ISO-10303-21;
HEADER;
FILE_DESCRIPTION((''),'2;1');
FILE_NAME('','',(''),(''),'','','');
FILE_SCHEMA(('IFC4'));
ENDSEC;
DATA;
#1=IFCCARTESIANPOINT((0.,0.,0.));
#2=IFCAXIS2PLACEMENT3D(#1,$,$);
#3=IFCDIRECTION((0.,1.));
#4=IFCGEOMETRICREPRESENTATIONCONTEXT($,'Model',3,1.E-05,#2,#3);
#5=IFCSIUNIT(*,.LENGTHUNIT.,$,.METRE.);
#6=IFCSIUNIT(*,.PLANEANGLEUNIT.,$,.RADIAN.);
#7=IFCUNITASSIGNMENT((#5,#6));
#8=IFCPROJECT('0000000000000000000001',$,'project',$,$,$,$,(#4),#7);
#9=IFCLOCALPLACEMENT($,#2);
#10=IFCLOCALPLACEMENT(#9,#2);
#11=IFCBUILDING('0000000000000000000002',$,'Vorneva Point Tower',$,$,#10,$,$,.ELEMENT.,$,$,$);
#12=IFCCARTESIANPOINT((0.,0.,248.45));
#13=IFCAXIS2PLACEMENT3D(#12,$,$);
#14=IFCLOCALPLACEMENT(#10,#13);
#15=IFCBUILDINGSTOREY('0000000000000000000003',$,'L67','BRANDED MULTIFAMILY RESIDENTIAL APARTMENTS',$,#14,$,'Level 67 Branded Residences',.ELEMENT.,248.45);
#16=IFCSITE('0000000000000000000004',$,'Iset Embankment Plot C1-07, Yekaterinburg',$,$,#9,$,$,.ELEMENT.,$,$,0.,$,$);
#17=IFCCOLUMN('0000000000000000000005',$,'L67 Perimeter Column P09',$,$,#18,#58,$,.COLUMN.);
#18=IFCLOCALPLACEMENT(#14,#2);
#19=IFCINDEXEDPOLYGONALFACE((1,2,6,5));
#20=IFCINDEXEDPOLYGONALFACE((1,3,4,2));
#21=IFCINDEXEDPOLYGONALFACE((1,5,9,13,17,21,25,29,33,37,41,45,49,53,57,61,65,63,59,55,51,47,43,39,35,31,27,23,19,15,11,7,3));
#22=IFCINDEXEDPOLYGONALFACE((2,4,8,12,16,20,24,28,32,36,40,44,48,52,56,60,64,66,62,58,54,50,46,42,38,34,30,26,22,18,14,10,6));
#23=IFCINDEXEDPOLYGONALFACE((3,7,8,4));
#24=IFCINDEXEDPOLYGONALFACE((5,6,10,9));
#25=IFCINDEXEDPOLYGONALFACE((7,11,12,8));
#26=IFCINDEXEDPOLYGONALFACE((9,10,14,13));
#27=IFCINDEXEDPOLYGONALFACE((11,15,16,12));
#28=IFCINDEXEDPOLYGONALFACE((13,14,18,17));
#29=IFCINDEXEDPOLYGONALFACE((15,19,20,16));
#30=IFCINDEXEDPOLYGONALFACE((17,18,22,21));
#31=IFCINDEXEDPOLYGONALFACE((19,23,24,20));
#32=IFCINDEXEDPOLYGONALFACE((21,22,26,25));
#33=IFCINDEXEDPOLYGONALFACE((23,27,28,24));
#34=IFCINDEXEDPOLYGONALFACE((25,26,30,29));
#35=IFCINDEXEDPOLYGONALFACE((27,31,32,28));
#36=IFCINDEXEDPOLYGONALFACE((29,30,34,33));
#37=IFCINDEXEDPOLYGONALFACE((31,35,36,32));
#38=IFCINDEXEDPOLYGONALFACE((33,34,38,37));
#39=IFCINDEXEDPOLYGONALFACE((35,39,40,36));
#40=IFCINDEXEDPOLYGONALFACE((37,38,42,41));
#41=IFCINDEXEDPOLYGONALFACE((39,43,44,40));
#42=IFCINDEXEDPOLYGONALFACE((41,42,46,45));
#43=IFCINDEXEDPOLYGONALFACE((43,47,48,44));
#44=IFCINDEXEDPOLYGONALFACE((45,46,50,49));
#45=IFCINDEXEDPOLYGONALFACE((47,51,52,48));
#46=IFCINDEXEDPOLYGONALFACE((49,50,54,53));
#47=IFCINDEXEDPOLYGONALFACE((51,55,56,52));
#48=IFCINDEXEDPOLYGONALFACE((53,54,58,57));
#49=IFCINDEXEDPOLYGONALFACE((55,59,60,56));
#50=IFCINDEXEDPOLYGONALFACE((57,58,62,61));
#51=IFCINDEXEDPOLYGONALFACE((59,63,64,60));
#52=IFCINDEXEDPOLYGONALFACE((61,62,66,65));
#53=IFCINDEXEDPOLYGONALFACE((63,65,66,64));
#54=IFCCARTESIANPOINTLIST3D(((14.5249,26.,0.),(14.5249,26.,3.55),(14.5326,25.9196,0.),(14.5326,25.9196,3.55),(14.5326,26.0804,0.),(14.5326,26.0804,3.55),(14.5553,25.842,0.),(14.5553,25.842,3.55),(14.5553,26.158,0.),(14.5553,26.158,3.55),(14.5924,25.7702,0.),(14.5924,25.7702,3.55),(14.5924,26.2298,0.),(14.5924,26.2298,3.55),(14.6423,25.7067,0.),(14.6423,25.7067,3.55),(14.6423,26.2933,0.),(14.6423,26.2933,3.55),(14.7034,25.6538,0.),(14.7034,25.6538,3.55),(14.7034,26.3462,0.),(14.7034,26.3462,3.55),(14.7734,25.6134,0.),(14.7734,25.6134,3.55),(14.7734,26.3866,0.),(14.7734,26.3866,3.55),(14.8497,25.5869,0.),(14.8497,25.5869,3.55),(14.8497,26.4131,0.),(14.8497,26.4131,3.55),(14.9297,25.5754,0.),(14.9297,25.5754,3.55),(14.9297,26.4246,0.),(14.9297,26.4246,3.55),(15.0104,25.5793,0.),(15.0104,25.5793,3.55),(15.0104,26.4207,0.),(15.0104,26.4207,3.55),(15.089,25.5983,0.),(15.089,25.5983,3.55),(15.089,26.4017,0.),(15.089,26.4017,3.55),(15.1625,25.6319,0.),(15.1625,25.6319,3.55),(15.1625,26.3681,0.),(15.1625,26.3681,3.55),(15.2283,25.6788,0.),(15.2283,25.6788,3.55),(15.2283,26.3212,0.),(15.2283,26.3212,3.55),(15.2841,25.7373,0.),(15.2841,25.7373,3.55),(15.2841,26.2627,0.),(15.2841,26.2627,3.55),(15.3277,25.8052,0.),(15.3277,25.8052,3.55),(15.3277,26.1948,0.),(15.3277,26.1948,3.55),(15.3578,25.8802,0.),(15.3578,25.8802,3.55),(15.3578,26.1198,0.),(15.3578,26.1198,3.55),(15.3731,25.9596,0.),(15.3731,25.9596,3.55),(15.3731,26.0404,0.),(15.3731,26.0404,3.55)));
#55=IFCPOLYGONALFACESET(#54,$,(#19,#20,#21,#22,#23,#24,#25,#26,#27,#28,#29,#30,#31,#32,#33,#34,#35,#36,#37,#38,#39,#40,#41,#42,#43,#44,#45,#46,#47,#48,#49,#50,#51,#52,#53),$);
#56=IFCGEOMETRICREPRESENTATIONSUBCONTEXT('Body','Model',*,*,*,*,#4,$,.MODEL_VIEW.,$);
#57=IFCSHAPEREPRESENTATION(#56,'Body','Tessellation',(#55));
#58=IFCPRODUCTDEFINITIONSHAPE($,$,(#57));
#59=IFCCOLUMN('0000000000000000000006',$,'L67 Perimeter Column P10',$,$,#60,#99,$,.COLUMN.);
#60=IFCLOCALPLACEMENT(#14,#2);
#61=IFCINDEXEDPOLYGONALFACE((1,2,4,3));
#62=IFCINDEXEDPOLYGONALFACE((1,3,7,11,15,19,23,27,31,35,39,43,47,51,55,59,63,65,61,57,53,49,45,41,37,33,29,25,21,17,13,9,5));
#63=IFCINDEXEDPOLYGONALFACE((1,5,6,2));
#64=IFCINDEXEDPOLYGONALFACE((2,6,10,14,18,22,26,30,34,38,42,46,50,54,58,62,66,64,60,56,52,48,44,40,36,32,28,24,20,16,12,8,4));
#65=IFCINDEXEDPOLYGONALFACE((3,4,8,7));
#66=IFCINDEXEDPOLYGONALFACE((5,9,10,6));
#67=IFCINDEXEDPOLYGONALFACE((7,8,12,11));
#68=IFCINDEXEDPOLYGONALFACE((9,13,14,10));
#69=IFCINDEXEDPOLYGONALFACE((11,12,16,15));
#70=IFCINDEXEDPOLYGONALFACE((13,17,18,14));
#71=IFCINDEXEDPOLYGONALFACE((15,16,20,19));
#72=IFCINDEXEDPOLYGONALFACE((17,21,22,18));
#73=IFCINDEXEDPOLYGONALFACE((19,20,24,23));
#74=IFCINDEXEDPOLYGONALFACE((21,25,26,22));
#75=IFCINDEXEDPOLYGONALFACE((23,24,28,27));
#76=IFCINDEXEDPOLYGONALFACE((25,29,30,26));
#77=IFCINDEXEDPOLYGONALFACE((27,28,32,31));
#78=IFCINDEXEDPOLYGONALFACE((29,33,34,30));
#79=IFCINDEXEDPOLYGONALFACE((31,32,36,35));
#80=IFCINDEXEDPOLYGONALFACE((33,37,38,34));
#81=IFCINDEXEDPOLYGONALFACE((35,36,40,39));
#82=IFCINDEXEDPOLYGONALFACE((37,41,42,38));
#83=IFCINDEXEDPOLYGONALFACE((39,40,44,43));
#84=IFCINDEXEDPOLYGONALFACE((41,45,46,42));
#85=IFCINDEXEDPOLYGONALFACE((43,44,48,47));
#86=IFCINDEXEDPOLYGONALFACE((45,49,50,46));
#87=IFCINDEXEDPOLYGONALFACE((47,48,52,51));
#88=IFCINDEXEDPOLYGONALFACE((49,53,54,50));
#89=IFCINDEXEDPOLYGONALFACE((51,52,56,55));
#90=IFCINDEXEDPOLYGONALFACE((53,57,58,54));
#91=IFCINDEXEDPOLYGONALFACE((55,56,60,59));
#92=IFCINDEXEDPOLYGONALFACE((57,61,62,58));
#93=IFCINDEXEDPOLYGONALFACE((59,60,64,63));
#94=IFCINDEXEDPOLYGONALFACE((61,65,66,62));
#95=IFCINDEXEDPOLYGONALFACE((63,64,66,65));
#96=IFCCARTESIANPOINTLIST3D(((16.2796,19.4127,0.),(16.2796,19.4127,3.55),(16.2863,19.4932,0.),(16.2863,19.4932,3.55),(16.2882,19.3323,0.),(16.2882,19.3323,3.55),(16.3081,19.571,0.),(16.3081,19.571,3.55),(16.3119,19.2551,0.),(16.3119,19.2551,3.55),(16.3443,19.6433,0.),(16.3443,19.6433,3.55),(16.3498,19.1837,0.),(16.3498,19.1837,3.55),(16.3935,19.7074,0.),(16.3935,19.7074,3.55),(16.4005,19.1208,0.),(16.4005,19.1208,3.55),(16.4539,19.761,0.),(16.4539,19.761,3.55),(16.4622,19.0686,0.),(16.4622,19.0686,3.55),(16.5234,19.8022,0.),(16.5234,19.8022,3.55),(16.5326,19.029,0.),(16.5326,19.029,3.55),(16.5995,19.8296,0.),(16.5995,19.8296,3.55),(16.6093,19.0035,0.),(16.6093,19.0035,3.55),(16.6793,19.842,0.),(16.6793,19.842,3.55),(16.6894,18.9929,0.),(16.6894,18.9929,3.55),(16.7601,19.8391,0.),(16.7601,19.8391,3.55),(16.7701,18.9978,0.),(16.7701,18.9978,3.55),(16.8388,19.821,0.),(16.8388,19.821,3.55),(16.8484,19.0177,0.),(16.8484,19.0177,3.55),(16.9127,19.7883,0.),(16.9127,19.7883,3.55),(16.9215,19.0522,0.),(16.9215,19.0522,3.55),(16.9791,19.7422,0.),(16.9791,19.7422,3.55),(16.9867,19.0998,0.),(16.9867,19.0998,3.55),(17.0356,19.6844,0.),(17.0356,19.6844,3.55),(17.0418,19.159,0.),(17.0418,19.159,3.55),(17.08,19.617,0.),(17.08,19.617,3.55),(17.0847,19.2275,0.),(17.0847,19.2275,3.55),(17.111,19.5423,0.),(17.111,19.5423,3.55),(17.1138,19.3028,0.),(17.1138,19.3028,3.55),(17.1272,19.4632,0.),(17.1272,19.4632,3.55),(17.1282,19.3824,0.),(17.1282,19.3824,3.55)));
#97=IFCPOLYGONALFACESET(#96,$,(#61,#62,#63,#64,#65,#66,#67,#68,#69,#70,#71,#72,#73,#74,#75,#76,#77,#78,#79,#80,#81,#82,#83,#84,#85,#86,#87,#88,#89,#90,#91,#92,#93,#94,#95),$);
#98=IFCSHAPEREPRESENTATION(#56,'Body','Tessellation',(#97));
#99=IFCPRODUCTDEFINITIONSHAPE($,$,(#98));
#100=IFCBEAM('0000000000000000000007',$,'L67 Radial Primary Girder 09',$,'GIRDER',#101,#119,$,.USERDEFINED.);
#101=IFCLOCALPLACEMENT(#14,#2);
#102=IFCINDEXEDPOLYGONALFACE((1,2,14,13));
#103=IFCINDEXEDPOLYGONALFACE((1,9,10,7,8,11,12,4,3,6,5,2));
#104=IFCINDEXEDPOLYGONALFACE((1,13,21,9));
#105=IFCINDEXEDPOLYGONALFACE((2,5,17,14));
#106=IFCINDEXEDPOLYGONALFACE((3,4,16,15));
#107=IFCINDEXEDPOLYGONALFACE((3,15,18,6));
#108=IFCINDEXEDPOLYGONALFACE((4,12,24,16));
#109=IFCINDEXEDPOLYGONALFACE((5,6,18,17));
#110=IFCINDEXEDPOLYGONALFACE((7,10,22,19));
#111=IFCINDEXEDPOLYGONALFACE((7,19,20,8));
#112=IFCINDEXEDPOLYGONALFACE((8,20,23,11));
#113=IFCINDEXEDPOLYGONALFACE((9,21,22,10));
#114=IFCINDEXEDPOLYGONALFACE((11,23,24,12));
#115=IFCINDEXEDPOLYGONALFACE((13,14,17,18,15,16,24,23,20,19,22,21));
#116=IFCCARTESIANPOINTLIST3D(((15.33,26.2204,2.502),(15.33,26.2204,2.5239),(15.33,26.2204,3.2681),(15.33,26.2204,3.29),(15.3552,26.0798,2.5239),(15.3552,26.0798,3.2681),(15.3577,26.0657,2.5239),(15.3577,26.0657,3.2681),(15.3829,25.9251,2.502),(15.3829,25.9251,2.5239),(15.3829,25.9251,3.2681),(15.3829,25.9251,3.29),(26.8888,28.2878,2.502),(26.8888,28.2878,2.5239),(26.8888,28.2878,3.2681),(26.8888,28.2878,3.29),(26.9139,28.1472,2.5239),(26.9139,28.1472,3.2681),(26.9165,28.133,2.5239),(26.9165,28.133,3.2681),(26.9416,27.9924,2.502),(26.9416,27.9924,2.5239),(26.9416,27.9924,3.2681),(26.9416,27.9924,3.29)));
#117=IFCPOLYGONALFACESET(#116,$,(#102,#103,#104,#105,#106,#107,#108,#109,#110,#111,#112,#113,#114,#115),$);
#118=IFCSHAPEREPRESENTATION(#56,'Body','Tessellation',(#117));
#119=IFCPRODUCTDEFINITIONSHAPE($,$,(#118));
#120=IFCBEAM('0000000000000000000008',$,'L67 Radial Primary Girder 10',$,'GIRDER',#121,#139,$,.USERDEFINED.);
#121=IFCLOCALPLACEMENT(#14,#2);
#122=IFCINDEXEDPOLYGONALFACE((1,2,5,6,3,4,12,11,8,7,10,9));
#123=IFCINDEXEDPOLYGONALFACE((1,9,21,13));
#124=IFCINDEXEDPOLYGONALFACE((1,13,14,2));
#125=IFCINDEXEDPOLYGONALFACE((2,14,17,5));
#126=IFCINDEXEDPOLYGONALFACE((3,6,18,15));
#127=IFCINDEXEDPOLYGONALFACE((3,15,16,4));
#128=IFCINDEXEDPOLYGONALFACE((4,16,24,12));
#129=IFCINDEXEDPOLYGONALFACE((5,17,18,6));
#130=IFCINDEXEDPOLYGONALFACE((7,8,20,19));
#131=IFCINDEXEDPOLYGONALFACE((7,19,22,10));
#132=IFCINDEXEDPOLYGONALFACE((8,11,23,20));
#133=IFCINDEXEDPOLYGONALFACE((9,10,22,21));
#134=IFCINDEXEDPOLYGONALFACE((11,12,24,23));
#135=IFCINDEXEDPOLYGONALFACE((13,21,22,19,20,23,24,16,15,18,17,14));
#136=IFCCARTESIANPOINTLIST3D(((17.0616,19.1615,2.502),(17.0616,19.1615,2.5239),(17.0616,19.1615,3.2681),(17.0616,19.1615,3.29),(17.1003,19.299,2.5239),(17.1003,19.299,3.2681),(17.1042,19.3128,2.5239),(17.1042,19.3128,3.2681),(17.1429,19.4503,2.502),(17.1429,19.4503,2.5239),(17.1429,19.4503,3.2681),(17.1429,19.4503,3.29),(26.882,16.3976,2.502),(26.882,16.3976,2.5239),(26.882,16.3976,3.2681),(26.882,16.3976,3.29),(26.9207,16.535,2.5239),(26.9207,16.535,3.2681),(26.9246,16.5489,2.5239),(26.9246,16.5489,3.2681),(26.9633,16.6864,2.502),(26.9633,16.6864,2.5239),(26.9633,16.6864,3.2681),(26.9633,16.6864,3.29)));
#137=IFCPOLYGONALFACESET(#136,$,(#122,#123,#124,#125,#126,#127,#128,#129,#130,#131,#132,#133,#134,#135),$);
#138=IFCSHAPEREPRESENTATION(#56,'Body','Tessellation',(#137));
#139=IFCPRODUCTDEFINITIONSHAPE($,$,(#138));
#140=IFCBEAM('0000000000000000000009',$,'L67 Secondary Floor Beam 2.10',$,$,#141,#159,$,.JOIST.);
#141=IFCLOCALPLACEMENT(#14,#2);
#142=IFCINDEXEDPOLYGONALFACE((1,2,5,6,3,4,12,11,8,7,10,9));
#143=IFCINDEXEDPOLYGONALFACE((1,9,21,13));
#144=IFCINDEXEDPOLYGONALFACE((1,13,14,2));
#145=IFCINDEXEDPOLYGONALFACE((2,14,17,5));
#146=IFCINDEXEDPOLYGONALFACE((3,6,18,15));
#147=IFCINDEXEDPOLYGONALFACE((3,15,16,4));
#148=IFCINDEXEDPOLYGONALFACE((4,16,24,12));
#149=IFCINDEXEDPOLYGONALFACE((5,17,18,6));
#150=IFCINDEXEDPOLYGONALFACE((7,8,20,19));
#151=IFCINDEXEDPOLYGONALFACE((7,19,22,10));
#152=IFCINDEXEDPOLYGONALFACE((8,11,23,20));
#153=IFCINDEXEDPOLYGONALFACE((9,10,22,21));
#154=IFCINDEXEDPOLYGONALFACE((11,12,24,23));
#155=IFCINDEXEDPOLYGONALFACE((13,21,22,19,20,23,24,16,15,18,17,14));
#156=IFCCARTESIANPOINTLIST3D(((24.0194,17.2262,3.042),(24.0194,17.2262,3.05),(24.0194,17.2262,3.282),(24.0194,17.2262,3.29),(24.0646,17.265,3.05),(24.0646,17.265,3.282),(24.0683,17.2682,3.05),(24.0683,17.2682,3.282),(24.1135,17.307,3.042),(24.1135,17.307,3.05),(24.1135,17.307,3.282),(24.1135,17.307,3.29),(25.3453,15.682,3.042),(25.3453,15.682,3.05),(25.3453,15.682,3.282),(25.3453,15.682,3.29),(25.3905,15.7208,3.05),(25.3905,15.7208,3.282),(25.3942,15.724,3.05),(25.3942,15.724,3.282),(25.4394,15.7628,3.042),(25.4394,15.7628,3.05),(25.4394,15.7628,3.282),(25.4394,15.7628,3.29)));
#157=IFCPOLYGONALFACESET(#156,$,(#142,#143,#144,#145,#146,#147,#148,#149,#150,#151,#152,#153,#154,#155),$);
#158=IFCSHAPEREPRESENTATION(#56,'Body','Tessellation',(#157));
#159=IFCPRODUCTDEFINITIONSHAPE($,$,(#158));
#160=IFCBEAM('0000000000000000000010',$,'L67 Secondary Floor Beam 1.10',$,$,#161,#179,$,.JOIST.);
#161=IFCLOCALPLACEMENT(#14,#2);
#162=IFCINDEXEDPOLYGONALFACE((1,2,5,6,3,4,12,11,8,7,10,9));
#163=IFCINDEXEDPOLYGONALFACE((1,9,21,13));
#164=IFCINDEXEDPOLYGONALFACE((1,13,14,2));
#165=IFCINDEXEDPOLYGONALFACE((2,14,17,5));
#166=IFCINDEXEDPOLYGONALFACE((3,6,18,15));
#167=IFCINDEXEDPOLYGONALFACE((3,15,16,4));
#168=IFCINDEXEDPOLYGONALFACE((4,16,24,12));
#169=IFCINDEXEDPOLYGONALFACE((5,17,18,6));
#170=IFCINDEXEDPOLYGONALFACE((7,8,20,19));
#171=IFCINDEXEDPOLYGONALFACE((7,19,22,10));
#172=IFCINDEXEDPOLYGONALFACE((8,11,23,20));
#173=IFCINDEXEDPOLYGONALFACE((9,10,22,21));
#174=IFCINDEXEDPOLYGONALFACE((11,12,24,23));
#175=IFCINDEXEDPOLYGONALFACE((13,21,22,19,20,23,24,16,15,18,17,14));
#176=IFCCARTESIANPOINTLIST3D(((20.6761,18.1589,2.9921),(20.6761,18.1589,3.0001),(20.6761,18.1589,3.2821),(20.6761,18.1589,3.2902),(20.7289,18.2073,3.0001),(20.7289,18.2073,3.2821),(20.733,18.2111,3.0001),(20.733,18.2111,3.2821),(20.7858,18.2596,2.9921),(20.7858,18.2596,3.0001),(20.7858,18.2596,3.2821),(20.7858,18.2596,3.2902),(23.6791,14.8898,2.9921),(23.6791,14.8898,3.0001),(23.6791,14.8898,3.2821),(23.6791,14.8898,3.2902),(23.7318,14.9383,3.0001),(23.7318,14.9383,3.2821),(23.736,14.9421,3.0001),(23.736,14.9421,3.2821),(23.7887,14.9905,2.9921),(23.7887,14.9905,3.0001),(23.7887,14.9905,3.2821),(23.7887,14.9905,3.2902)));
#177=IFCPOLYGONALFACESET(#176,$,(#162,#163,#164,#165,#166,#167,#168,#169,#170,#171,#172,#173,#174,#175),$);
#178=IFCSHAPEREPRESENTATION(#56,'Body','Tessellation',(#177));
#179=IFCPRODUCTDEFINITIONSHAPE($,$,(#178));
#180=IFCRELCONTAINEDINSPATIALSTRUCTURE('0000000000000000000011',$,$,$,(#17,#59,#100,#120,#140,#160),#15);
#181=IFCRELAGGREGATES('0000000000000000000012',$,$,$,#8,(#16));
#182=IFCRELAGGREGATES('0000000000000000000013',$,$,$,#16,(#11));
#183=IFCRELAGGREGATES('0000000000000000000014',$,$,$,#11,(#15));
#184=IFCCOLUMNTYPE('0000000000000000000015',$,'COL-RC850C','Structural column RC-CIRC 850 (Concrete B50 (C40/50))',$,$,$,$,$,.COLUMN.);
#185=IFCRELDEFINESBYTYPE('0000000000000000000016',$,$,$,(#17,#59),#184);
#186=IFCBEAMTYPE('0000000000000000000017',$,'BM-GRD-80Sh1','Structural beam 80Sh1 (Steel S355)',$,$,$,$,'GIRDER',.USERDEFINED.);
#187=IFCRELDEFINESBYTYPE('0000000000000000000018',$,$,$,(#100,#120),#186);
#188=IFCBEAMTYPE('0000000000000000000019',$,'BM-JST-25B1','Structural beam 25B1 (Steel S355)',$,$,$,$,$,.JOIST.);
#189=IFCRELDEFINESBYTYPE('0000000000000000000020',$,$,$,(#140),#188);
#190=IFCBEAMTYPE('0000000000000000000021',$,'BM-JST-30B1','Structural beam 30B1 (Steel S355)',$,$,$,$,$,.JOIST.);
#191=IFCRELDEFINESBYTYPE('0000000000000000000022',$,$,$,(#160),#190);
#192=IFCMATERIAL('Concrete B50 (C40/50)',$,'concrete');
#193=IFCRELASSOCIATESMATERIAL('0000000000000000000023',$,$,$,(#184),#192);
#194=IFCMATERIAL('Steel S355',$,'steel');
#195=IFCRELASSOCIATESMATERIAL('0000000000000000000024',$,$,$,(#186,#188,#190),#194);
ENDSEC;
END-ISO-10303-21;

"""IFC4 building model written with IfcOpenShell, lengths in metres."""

from ifc_helpers import new_model, si_unit, direction, frame, origin, origin_2d, place, context, subcontext, project, spatial, circle, i_section, extrude, material, material_profile, profile_set, type_object, element, save


model = new_model("IFC4")

# Units and contexts
model_context = context("Model", 3, precision=1e-05, world=origin(), true_north=direction((0.0, 1.0)))
body_context = subcontext(model_context, "Body", "Model", "MODEL_VIEW")
ifc_project = project(units=[si_unit("LENGTHUNIT", "METRE"), si_unit("PLANEANGLEUNIT", "RADIAN")], contexts=[model_context])

# Site, building, storey
site_placement = place(None, origin())
site = spatial("IfcSite", under=ifc_project, at=site_placement, Name="Iset Embankment Plot C1-07, Yekaterinburg", CompositionType="ELEMENT", RefElevation=0.0)
building_placement = place(site_placement, origin())
building = spatial("IfcBuilding", under=site, at=building_placement, Name="Vorneva Point Tower", CompositionType="ELEMENT")
storey_placement = place(building_placement, frame((0.0, 0.0, 248.45)))
storey = spatial("IfcBuildingStorey", under=building, at=storey_placement, Name="L67", Description="BRANDED MULTIFAMILY RESIDENTIAL APARTMENTS", LongName="Level 67 Branded Residences", CompositionType="ELEMENT", Elevation=248.45)

# Columns
ifc_material_1 = material(Name="Concrete B50 (C40/50)", Category="concrete")
ifc_material_profile_1 = material_profile(ifc_material_1, circle(Radius=0.425, at=origin_2d()), Name="RC-CIRC 850")
ifc_profile_set_1 = profile_set([ifc_material_profile_1], Name="Concrete B50 (C40/50)")
column_type = type_object("IfcColumnType", Name="COL-RC850C", Description="Structural column RC-CIRC 850 (Concrete B50 (C40/50))", PredefinedType="COLUMN", material=ifc_profile_set_1)
for number, where, z_axis, x_axis, name in (
    (1, (14.95, 26.0, 0.0), (0.0, 0.0, 1.0), (-1.0, 0.0, 0.0), "L67 Perimeter Column P09"),
    (2, (16.7046, 19.4177, 0.0), (0.0, 0.0, 1.0), (-0.92388, -0.382683, 0.0), "L67 Perimeter Column P10"),
):
    element("IfcColumn", number, at=place(storey_placement, frame(where, z_axis=z_axis, x_axis=x_axis)), inside=storey, type_object=column_type, Name=name, PredefinedType="COLUMN", context=body_context, shape_type="SweptSolid", body=[
        extrude(circle(Radius=0.425, at=origin_2d()), origin(), (0.0, 0.0, 1.0), 3.55),
    ])

# Beams
ifc_material_2 = material(Name="Steel S355", Category="steel")
ifc_material_profile_2 = material_profile(ifc_material_2, i_section(OverallWidth=0.3, OverallDepth=0.7881, WebThickness=0.0144, FlangeThickness=0.022, at=origin_2d()), Name="80Sh1")
ifc_profile_set_2 = profile_set([ifc_material_profile_2], Name="Steel S355")
beam_type_1 = type_object("IfcBeamType", Name="BM-GRD-80Sh1", Description="Structural beam 80Sh1 (Steel S355)", ElementType="GIRDER", PredefinedType="USERDEFINED", material=ifc_profile_set_2)
beam_1_placement = place(storey_placement, frame((15.3564, 26.0728, 2.896), z_axis=(0.984379, 0.176063, 0.0), x_axis=(-0.176063, 0.984379, 0.0)))
element("IfcBeam", 3, at=beam_1_placement, inside=storey, type_object=beam_type_1, Name="L67 Radial Primary Girder 09", ObjectType="GIRDER", PredefinedType="USERDEFINED", context=body_context, shape_type="SweptSolid", body=[
    extrude(i_section(OverallWidth=0.3, OverallDepth=0.7881, WebThickness=0.0144, FlangeThickness=0.022, at=origin_2d()), origin(), (0.0, 0.0, 1.0), 11.7422),
])
beam_2_placement = place(storey_placement, frame((17.1023, 19.3059, 2.896), z_axis=(0.962601, -0.270923, 0.0), x_axis=(0.270923, 0.962601, 0.0)))
element("IfcBeam", 4, at=beam_2_placement, inside=storey, type_object=beam_type_1, Name="L67 Radial Primary Girder 10", ObjectType="GIRDER", PredefinedType="USERDEFINED", context=body_context, shape_type="SweptSolid", body=[
    extrude(i_section(OverallWidth=0.3, OverallDepth=0.7881, WebThickness=0.0144, FlangeThickness=0.022, at=origin_2d()), origin(), (0.0, 0.0, 1.0), 10.2019),
])
ifc_material_profile_3 = material_profile(ifc_material_2, i_section(OverallWidth=0.124, OverallDepth=0.248, WebThickness=0.0049, FlangeThickness=0.0081, at=origin_2d()), Name="25B1")
ifc_profile_set_3 = profile_set([ifc_material_profile_3], Name="Steel S355")
beam_type_2 = type_object("IfcBeamType", Name="BM-JST-25B1", Description="Structural beam 25B1 (Steel S355)", PredefinedType="JOIST", material=ifc_profile_set_3)
beam_3_placement = place(storey_placement, frame((24.0664, 17.2666, 3.166), z_axis=(0.651453, -0.758689, 0.0), x_axis=(0.758689, 0.651453, 0.0)))
element("IfcBeam", 5, at=beam_3_placement, inside=storey, type_object=beam_type_2, Name="L67 Secondary Floor Beam 2.10", PredefinedType="JOIST", context=body_context, shape_type="SweptSolid", body=[
    extrude(i_section(OverallWidth=0.124, OverallDepth=0.248, WebThickness=0.0049, FlangeThickness=0.0081, at=origin_2d()), origin(), (0.0, 0.0, 1.0), 2.0354),
])
ifc_material_profile_4 = material_profile(ifc_material_2, i_section(OverallWidth=0.1489, OverallDepth=0.2981, WebThickness=0.0056, FlangeThickness=0.0081, at=origin_2d()), Name="30B1")
ifc_profile_set_4 = profile_set([ifc_material_profile_4], Name="Steel S355")
beam_type_3 = type_object("IfcBeamType", Name="BM-JST-30B1", Description="Structural beam 30B1 (Steel S355)", PredefinedType="JOIST", material=ifc_profile_set_4)
beam_4_placement = place(storey_placement, frame((20.731, 18.2092, 3.1411), z_axis=(0.676496, -0.736446, 0.0), x_axis=(0.736446, 0.676496, 0.0)))
element("IfcBeam", 6, at=beam_4_placement, inside=storey, type_object=beam_type_3, Name="L67 Secondary Floor Beam 1.10", PredefinedType="JOIST", context=body_context, shape_type="SweptSolid", body=[
    extrude(i_section(OverallWidth=0.1489, OverallDepth=0.2981, WebThickness=0.0056, FlangeThickness=0.0081, at=origin_2d()), origin(), (0.0, 0.0, 1.0), 4.439),
])

save(model, "model.ifc")
